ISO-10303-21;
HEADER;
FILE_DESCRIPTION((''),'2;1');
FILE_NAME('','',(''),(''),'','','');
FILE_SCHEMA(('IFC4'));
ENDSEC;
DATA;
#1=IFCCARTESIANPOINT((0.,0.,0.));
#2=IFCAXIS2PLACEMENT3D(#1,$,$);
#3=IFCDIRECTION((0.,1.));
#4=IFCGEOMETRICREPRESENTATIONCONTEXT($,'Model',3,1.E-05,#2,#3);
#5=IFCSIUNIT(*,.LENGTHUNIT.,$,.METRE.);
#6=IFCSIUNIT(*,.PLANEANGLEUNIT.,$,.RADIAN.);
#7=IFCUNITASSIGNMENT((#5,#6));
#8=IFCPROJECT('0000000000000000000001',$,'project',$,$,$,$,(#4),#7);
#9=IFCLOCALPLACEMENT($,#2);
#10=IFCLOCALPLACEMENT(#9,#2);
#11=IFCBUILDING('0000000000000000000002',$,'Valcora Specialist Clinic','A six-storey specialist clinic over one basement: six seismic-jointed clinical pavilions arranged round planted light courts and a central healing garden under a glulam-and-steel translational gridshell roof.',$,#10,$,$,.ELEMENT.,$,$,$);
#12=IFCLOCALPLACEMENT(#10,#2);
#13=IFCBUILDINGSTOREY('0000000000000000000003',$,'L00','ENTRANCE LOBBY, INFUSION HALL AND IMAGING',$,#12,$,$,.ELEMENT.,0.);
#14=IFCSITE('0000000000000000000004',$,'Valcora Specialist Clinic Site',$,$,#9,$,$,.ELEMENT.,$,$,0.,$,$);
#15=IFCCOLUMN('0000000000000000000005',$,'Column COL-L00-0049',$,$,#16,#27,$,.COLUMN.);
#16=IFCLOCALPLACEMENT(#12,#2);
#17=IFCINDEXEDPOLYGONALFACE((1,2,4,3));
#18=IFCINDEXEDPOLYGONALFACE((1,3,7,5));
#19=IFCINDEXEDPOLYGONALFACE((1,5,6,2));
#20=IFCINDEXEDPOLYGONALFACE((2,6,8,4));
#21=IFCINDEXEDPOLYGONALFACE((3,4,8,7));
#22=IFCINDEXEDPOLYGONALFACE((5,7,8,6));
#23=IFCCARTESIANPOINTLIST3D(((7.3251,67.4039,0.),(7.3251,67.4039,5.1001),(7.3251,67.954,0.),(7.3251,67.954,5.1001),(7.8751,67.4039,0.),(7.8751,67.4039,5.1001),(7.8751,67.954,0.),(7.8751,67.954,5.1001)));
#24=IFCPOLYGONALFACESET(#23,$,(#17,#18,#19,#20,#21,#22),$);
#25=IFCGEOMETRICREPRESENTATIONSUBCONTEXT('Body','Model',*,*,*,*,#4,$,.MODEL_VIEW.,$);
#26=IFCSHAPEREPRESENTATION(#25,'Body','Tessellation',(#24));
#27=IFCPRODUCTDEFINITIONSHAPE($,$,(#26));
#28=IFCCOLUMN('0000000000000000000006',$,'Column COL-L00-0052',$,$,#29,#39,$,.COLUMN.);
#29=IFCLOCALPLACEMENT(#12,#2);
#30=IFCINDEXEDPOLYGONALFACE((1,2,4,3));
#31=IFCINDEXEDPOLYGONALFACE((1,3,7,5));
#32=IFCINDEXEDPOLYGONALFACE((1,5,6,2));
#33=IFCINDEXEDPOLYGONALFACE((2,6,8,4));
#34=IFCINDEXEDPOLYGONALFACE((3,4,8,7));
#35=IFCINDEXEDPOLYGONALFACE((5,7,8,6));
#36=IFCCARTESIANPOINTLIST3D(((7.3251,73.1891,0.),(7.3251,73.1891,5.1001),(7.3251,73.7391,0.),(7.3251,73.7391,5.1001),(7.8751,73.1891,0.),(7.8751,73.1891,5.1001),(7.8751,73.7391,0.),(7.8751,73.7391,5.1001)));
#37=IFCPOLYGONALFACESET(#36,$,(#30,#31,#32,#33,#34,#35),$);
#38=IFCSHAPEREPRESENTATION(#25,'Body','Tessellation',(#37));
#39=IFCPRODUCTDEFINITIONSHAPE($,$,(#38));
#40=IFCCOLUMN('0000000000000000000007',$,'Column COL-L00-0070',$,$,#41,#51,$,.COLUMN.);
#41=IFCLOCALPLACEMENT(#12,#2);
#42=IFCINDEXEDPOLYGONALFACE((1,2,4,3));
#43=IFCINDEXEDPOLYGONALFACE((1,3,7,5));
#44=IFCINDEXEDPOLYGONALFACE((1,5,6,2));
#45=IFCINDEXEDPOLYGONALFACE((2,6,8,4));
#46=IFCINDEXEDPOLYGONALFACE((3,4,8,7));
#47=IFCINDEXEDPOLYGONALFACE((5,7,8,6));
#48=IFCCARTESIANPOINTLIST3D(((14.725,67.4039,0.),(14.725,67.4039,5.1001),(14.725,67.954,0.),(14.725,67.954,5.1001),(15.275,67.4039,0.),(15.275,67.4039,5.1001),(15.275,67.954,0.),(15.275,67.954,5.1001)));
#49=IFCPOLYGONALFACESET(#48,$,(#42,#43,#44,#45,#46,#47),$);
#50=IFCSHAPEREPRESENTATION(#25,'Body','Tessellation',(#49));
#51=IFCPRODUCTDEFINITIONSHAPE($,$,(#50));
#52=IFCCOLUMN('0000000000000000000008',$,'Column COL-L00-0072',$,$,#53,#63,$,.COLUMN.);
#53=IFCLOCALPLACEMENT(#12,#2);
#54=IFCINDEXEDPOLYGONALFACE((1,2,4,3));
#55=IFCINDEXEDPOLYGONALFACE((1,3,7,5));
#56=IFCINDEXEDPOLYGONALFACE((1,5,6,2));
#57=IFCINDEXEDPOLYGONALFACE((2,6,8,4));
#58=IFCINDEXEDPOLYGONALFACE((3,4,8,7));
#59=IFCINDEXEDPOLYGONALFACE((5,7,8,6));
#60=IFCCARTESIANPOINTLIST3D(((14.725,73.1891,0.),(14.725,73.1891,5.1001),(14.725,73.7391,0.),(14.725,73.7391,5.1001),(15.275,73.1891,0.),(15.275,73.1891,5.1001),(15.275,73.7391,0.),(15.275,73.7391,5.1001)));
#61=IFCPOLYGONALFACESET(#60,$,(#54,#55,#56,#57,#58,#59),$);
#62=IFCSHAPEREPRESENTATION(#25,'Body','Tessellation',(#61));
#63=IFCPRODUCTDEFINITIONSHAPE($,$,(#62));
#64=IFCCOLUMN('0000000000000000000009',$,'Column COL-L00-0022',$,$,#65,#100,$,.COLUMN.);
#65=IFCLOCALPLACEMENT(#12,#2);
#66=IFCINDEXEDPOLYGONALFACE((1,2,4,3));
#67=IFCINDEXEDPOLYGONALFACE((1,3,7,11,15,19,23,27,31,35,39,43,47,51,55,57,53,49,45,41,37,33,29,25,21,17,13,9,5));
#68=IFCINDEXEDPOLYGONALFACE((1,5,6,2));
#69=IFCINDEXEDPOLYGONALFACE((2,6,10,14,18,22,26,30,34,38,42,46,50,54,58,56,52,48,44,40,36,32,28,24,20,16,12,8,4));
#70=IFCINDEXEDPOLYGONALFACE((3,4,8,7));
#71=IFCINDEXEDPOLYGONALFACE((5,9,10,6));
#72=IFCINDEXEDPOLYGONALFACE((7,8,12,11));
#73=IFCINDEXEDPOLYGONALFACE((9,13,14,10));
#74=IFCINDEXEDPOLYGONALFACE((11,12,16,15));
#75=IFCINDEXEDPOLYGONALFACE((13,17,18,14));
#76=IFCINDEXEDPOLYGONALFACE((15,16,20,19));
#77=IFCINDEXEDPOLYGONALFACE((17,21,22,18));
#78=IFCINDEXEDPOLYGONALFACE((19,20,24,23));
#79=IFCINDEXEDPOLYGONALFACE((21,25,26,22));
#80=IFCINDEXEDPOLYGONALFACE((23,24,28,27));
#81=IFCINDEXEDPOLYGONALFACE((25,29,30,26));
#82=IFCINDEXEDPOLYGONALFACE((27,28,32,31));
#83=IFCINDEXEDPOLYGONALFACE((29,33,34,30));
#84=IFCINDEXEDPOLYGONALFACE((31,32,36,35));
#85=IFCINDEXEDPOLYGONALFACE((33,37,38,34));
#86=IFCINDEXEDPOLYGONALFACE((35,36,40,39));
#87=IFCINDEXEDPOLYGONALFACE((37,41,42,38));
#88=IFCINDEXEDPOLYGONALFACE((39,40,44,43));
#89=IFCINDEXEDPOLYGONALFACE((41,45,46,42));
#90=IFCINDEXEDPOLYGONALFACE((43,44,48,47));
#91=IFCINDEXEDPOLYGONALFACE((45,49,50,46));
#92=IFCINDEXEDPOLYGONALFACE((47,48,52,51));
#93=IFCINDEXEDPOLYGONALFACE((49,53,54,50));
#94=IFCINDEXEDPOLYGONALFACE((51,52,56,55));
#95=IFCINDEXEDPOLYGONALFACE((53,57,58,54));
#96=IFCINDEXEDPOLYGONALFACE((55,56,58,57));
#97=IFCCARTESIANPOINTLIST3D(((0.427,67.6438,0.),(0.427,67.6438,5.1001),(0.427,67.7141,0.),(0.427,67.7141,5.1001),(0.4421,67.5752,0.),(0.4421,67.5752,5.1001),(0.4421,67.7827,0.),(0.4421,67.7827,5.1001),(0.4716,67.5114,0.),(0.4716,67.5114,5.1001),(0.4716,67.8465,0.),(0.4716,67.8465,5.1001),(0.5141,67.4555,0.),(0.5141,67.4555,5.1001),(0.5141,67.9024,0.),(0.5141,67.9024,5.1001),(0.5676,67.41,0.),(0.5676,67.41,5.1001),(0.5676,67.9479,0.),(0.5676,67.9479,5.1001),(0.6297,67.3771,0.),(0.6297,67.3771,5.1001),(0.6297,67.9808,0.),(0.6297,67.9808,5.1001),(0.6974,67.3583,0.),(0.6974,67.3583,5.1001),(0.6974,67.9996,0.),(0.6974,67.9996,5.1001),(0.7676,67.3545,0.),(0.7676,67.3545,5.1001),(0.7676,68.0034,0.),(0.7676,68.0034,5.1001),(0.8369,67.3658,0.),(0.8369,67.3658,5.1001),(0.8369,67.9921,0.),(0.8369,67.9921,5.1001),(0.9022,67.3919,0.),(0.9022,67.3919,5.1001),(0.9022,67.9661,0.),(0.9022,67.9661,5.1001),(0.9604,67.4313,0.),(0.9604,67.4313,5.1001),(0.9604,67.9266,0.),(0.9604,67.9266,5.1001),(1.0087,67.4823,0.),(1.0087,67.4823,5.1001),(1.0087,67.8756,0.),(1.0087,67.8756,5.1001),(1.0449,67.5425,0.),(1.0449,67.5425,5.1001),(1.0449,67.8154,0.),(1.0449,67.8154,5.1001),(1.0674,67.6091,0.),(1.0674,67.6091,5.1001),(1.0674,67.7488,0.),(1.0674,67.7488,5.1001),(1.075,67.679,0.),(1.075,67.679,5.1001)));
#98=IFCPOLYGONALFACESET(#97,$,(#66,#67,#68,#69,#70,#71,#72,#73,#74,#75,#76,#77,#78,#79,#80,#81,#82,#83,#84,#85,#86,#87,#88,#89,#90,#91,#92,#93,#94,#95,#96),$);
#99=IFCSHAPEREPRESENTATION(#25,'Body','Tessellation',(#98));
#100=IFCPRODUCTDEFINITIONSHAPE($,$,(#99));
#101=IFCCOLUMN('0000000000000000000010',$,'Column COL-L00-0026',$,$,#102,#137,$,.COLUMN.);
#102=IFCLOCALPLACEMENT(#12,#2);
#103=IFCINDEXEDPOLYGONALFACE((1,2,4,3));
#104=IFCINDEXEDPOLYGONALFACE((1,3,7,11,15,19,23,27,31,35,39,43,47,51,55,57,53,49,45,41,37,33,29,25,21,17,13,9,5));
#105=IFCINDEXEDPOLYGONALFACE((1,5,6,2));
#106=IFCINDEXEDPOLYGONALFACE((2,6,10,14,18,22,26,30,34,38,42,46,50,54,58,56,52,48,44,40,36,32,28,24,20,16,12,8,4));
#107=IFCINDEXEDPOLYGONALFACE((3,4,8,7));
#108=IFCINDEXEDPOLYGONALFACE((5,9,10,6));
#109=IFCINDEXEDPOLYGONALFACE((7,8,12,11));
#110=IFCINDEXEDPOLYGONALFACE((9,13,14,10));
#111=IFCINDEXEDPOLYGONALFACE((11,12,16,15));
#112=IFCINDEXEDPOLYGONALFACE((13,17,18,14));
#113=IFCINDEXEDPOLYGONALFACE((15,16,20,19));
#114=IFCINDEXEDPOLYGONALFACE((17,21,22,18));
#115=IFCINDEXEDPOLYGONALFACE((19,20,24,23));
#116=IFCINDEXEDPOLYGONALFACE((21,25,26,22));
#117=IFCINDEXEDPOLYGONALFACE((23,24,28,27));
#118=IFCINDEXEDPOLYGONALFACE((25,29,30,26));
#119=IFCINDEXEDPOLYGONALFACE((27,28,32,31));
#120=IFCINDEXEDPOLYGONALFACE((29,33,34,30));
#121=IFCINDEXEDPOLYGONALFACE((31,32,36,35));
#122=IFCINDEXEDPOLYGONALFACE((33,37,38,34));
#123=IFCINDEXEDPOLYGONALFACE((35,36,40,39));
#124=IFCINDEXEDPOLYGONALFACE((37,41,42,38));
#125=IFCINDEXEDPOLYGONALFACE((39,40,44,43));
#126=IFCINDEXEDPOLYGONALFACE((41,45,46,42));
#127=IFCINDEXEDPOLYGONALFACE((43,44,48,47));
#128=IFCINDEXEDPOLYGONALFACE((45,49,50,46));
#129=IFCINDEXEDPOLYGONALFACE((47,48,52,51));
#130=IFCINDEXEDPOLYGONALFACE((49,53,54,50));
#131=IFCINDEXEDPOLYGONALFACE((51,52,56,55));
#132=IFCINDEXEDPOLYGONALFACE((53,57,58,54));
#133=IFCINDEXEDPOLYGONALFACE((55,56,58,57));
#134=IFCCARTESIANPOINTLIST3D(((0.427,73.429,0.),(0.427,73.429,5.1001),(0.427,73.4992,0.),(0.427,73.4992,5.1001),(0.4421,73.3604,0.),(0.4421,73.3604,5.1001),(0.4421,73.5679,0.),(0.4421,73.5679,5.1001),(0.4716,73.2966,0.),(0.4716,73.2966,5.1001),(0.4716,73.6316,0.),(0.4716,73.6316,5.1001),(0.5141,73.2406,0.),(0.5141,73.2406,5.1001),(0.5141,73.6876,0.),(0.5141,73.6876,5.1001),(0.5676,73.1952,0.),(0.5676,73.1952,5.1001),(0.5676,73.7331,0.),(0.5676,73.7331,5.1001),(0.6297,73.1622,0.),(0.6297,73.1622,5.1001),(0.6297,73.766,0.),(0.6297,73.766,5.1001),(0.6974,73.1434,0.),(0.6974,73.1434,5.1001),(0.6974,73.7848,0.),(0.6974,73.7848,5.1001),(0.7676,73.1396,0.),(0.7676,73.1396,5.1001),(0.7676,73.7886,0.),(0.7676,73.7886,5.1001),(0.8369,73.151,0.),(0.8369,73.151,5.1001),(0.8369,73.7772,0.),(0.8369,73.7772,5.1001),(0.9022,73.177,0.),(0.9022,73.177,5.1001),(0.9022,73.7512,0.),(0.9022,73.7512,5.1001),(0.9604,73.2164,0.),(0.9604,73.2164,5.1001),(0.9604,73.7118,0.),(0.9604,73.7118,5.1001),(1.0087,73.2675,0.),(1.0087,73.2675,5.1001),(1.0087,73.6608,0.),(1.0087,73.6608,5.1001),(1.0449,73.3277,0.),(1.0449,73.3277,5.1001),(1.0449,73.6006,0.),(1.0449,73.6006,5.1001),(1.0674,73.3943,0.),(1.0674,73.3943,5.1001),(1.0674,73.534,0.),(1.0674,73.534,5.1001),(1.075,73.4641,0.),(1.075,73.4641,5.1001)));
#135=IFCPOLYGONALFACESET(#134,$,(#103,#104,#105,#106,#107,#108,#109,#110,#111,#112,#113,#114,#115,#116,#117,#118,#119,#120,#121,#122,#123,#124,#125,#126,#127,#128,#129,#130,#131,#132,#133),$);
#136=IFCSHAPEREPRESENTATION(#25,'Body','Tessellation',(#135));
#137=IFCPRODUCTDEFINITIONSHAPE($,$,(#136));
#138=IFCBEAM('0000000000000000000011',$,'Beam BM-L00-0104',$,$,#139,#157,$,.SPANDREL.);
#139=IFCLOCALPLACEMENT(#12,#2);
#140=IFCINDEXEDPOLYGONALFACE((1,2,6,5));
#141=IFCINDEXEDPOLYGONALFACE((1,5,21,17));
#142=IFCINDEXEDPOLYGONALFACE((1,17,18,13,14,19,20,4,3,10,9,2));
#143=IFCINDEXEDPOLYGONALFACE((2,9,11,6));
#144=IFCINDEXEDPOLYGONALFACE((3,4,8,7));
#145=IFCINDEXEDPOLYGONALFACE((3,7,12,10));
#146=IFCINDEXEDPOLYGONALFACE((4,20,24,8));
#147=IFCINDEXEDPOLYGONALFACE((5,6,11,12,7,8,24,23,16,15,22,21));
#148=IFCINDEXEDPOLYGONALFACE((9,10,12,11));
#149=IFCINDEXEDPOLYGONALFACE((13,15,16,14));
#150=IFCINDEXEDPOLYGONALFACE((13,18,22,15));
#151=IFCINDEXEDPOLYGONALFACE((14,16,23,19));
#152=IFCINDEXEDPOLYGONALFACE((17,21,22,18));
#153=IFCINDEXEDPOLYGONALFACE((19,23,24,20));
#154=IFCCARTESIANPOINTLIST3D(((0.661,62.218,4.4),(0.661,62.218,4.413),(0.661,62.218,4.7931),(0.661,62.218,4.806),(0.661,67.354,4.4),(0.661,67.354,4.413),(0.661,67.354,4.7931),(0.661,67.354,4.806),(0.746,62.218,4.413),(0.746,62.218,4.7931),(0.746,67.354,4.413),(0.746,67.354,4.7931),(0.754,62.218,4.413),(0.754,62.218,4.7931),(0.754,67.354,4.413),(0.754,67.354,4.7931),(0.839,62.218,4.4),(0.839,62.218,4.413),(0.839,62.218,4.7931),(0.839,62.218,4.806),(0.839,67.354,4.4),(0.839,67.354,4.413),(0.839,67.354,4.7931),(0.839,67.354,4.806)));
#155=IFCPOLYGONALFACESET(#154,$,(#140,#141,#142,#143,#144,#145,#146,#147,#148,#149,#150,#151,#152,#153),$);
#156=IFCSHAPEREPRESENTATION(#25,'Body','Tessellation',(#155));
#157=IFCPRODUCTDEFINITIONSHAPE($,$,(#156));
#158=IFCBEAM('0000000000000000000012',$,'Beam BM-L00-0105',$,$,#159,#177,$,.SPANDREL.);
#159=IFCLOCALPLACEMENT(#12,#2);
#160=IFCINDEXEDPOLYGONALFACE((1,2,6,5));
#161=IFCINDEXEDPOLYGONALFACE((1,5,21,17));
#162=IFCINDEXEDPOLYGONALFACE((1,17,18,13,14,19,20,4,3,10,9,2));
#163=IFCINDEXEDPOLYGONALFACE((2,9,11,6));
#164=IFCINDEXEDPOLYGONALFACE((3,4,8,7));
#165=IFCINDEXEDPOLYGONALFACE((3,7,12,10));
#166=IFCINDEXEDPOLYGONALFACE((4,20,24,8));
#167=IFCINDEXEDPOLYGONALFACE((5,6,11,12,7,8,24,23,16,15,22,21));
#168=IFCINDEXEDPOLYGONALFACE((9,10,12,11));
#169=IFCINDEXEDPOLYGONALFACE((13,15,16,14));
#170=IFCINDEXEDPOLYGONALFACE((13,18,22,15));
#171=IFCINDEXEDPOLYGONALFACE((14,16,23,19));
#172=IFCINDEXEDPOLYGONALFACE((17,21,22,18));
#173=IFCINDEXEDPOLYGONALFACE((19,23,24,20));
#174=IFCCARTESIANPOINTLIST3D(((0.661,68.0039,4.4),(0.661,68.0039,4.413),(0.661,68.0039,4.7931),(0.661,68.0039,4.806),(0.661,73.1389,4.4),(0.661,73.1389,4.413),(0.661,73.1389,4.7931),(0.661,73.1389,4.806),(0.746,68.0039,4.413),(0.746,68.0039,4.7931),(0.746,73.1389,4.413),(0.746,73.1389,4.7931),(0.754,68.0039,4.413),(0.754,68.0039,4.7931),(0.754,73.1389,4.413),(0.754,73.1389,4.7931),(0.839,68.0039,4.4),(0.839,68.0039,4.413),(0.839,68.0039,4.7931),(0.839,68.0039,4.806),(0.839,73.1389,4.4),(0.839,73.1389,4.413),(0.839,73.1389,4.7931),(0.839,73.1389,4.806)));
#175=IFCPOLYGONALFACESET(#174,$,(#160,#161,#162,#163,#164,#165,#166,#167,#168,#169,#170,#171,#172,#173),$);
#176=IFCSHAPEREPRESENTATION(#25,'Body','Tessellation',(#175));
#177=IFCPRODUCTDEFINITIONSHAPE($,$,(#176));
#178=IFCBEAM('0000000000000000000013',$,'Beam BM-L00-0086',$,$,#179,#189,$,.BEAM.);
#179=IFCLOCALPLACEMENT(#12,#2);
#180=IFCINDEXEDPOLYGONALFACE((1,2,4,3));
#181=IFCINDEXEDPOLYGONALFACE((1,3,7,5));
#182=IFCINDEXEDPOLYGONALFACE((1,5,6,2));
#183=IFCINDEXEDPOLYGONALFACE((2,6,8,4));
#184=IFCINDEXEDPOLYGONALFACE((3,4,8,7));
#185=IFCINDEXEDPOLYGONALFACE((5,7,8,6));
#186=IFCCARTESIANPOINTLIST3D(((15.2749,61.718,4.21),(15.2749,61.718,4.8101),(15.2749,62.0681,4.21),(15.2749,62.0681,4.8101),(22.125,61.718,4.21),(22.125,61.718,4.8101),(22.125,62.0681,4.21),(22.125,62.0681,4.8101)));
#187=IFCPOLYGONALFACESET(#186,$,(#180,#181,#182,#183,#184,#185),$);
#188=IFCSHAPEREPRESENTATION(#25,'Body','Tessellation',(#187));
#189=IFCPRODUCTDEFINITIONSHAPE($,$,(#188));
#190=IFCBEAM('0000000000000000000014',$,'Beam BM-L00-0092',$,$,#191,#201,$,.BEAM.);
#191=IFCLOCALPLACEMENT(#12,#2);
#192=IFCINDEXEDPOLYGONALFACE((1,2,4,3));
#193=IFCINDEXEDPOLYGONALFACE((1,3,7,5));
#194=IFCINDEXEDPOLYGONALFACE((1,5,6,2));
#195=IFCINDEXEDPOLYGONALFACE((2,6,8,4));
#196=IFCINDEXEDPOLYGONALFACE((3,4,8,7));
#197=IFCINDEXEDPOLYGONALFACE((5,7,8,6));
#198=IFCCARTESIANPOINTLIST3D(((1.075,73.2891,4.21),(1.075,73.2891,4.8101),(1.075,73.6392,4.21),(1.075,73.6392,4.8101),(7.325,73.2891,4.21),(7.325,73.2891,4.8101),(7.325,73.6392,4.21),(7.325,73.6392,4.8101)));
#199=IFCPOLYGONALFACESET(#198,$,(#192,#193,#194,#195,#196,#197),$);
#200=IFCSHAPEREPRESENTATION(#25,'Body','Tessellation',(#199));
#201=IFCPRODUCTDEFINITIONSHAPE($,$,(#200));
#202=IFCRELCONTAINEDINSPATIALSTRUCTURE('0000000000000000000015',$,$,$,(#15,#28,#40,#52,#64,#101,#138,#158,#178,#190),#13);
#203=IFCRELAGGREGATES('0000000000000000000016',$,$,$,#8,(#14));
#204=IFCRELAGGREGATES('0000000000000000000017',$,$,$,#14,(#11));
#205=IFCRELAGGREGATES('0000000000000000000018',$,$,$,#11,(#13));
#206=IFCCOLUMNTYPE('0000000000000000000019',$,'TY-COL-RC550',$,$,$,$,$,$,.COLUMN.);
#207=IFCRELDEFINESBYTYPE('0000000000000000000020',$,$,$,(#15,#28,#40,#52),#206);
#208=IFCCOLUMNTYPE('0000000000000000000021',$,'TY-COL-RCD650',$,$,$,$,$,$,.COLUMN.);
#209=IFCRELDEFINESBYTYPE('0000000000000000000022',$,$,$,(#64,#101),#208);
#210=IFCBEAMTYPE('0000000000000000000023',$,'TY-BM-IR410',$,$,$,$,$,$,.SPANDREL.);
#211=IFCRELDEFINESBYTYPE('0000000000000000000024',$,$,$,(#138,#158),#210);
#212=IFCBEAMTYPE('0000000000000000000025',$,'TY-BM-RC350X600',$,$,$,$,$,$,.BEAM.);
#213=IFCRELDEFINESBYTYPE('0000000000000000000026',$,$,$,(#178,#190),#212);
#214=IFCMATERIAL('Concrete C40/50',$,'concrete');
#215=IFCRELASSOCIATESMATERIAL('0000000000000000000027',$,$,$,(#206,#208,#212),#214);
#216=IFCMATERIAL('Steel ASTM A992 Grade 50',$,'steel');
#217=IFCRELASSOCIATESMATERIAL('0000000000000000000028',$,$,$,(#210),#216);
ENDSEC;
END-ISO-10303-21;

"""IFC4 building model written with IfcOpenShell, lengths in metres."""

from ifc_helpers import new_model, si_unit, direction, frame, origin, origin_2d, place, context, subcontext, project, spatial, rectangle, circle, i_section, extrude, material, material_profile, profile_set, type_object, element, save


model = new_model("IFC4")

# Units and contexts
model_context = context("Model", 3, precision=1e-05, world=origin(), true_north=direction((0.0, 1.0)))
body_context = subcontext(model_context, "Body", "Model", "MODEL_VIEW")
ifc_project = project(units=[si_unit("LENGTHUNIT", "METRE"), si_unit("PLANEANGLEUNIT", "RADIAN")], contexts=[model_context])

# Site, building, storey
site_placement = place(None, origin())
site = spatial("IfcSite", under=ifc_project, at=site_placement, Name="Valcora Specialist Clinic Site", CompositionType="ELEMENT", RefElevation=0.0)
building_placement = place(site_placement, origin())
building = spatial("IfcBuilding", under=site, at=building_placement, Name="Valcora Specialist Clinic", Description="A six-storey specialist clinic over one basement: six seismic-jointed clinical pavilions arranged round planted light courts and a central healing garden under a glulam-and-steel translational gridshell roof.", CompositionType="ELEMENT")
storey_placement = place(building_placement, origin())
storey = spatial("IfcBuildingStorey", under=building, at=storey_placement, Name="L00", Description="ENTRANCE LOBBY, INFUSION HALL AND IMAGING", CompositionType="ELEMENT", Elevation=0.0)

# Columns
ifc_material_1 = material(Name="Concrete C40/50", Category="concrete")
ifc_material_profile_1 = material_profile(ifc_material_1, rectangle(XDim=0.55, YDim=0.55, at=origin_2d()), Name="RC-COL-550X550")
ifc_profile_set_1 = profile_set([ifc_material_profile_1], Name="Concrete C40/50")
column_type_1 = type_object("IfcColumnType", Name="TY-COL-RC550", PredefinedType="COLUMN", material=ifc_profile_set_1)
for number, where, z_axis, x_axis, name in (
    (1, (7.6001, 67.679, 0.0), (0.0, 0.0, 1.0), (1.0, 0.0, 0.0), "Column COL-L00-0049"),
    (2, (7.6001, 73.4641, 0.0), (0.0, 0.0, 1.0), (1.0, 0.0, 0.0), "Column COL-L00-0052"),
    (3, (15.0, 67.679, 0.0), (0.0, 0.0, 1.0), (1.0, 0.0, 0.0), "Column COL-L00-0070"),
    (4, (15.0, 73.4641, 0.0), (0.0, 0.0, 1.0), (1.0, 0.0, 0.0), "Column COL-L00-0072"),
):
    element("IfcColumn", number, at=place(storey_placement, frame(where, z_axis=z_axis, x_axis=x_axis)), inside=storey, type_object=column_type_1, Name=name, PredefinedType="COLUMN", context=body_context, shape_type="SweptSolid", body=[
        extrude(rectangle(XDim=0.55, YDim=0.55, at=origin_2d()), origin(), (0.0, 0.0, 1.0), 5.1001),
    ])
ifc_material_profile_2 = material_profile(ifc_material_1, circle(Radius=0.325, at=origin_2d()), Name="RC-COL-D650")
ifc_profile_set_2 = profile_set([ifc_material_profile_2], Name="Concrete C40/50")
column_type_2 = type_object("IfcColumnType", Name="TY-COL-RCD650", PredefinedType="COLUMN", material=ifc_profile_set_2)
for number, where, z_axis, x_axis, name in (
    (5, (0.75, 67.679, 0.0), (0.0, 0.0, 1.0), (1.0, 0.0, 0.0), "Column COL-L00-0022"),
    (6, (0.75, 73.4641, 0.0), (0.0, 0.0, 1.0), (1.0, 0.0, 0.0), "Column COL-L00-0026"),
):
    element("IfcColumn", number, at=place(storey_placement, frame(where, z_axis=z_axis, x_axis=x_axis)), inside=storey, type_object=column_type_2, Name=name, PredefinedType="COLUMN", context=body_context, shape_type="SweptSolid", body=[
        extrude(circle(Radius=0.325, at=origin_2d()), origin(), (0.0, 0.0, 1.0), 5.1001),
    ])

# Beams
ifc_material_2 = material(Name="Steel ASTM A992 Grade 50", Category="steel")
ifc_material_profile_3 = material_profile(ifc_material_2, i_section(OverallWidth=0.178, OverallDepth=0.406, WebThickness=0.0081, FlangeThickness=0.0129, at=origin_2d()), Name="ST-IR-410X180")
ifc_profile_set_3 = profile_set([ifc_material_profile_3], Name="Steel ASTM A992 Grade 50")
beam_type_1 = type_object("IfcBeamType", Name="TY-BM-IR410", PredefinedType="SPANDREL", material=ifc_profile_set_3)
beam_1_placement = place(storey_placement, frame((0.75, 62.218, 4.603), z_axis=(0.0, 1.0, 0.0), x_axis=(-1.0, 0.0, 0.0)))
element("IfcBeam", 7, at=beam_1_placement, inside=storey, type_object=beam_type_1, Name="Beam BM-L00-0104", PredefinedType="SPANDREL", context=body_context, shape_type="SweptSolid", body=[
    extrude(i_section(OverallWidth=0.178, OverallDepth=0.406, WebThickness=0.0081, FlangeThickness=0.0129, at=origin_2d()), origin(), (0.0, 0.0, 1.0), 5.136),
])
beam_2_placement = place(storey_placement, frame((0.75, 68.0039, 4.603), z_axis=(0.0, 1.0, 0.0), x_axis=(-1.0, 0.0, 0.0)))
element("IfcBeam", 8, at=beam_2_placement, inside=storey, type_object=beam_type_1, Name="Beam BM-L00-0105", PredefinedType="SPANDREL", context=body_context, shape_type="SweptSolid", body=[
    extrude(i_section(OverallWidth=0.178, OverallDepth=0.406, WebThickness=0.0081, FlangeThickness=0.0129, at=origin_2d()), origin(), (0.0, 0.0, 1.0), 5.135),
])
ifc_material_profile_4 = material_profile(ifc_material_1, rectangle(XDim=0.3501, YDim=0.6001, at=origin_2d()), Name="RC-BM-350X600")
ifc_profile_set_4 = profile_set([ifc_material_profile_4], Name="Concrete C40/50")
beam_type_2 = type_object("IfcBeamType", Name="TY-BM-RC350X600", PredefinedType="BEAM", material=ifc_profile_set_4)
beam_3_placement = place(storey_placement, frame((15.2749, 61.8931, 4.51), z_axis=(1.0, 0.0, 0.0), x_axis=(0.0, 1.0, 0.0)))
element("IfcBeam", 9, at=beam_3_placement, inside=storey, type_object=beam_type_2, Name="Beam BM-L00-0086", PredefinedType="BEAM", context=body_context, shape_type="SweptSolid", body=[
    extrude(rectangle(XDim=0.3501, YDim=0.6001, at=origin_2d()), origin(), (0.0, 0.0, 1.0), 6.8501),
])
beam_4_placement = place(storey_placement, frame((1.075, 73.4641, 4.51), z_axis=(1.0, 0.0, 0.0), x_axis=(0.0, 1.0, 0.0)))
element("IfcBeam", 10, at=beam_4_placement, inside=storey, type_object=beam_type_2, Name="Beam BM-L00-0092", PredefinedType="BEAM", context=body_context, shape_type="SweptSolid", body=[
    extrude(rectangle(XDim=0.3501, YDim=0.6001, at=origin_2d()), origin(), (0.0, 0.0, 1.0), 6.25),
])

save(model, "model.ifc")
